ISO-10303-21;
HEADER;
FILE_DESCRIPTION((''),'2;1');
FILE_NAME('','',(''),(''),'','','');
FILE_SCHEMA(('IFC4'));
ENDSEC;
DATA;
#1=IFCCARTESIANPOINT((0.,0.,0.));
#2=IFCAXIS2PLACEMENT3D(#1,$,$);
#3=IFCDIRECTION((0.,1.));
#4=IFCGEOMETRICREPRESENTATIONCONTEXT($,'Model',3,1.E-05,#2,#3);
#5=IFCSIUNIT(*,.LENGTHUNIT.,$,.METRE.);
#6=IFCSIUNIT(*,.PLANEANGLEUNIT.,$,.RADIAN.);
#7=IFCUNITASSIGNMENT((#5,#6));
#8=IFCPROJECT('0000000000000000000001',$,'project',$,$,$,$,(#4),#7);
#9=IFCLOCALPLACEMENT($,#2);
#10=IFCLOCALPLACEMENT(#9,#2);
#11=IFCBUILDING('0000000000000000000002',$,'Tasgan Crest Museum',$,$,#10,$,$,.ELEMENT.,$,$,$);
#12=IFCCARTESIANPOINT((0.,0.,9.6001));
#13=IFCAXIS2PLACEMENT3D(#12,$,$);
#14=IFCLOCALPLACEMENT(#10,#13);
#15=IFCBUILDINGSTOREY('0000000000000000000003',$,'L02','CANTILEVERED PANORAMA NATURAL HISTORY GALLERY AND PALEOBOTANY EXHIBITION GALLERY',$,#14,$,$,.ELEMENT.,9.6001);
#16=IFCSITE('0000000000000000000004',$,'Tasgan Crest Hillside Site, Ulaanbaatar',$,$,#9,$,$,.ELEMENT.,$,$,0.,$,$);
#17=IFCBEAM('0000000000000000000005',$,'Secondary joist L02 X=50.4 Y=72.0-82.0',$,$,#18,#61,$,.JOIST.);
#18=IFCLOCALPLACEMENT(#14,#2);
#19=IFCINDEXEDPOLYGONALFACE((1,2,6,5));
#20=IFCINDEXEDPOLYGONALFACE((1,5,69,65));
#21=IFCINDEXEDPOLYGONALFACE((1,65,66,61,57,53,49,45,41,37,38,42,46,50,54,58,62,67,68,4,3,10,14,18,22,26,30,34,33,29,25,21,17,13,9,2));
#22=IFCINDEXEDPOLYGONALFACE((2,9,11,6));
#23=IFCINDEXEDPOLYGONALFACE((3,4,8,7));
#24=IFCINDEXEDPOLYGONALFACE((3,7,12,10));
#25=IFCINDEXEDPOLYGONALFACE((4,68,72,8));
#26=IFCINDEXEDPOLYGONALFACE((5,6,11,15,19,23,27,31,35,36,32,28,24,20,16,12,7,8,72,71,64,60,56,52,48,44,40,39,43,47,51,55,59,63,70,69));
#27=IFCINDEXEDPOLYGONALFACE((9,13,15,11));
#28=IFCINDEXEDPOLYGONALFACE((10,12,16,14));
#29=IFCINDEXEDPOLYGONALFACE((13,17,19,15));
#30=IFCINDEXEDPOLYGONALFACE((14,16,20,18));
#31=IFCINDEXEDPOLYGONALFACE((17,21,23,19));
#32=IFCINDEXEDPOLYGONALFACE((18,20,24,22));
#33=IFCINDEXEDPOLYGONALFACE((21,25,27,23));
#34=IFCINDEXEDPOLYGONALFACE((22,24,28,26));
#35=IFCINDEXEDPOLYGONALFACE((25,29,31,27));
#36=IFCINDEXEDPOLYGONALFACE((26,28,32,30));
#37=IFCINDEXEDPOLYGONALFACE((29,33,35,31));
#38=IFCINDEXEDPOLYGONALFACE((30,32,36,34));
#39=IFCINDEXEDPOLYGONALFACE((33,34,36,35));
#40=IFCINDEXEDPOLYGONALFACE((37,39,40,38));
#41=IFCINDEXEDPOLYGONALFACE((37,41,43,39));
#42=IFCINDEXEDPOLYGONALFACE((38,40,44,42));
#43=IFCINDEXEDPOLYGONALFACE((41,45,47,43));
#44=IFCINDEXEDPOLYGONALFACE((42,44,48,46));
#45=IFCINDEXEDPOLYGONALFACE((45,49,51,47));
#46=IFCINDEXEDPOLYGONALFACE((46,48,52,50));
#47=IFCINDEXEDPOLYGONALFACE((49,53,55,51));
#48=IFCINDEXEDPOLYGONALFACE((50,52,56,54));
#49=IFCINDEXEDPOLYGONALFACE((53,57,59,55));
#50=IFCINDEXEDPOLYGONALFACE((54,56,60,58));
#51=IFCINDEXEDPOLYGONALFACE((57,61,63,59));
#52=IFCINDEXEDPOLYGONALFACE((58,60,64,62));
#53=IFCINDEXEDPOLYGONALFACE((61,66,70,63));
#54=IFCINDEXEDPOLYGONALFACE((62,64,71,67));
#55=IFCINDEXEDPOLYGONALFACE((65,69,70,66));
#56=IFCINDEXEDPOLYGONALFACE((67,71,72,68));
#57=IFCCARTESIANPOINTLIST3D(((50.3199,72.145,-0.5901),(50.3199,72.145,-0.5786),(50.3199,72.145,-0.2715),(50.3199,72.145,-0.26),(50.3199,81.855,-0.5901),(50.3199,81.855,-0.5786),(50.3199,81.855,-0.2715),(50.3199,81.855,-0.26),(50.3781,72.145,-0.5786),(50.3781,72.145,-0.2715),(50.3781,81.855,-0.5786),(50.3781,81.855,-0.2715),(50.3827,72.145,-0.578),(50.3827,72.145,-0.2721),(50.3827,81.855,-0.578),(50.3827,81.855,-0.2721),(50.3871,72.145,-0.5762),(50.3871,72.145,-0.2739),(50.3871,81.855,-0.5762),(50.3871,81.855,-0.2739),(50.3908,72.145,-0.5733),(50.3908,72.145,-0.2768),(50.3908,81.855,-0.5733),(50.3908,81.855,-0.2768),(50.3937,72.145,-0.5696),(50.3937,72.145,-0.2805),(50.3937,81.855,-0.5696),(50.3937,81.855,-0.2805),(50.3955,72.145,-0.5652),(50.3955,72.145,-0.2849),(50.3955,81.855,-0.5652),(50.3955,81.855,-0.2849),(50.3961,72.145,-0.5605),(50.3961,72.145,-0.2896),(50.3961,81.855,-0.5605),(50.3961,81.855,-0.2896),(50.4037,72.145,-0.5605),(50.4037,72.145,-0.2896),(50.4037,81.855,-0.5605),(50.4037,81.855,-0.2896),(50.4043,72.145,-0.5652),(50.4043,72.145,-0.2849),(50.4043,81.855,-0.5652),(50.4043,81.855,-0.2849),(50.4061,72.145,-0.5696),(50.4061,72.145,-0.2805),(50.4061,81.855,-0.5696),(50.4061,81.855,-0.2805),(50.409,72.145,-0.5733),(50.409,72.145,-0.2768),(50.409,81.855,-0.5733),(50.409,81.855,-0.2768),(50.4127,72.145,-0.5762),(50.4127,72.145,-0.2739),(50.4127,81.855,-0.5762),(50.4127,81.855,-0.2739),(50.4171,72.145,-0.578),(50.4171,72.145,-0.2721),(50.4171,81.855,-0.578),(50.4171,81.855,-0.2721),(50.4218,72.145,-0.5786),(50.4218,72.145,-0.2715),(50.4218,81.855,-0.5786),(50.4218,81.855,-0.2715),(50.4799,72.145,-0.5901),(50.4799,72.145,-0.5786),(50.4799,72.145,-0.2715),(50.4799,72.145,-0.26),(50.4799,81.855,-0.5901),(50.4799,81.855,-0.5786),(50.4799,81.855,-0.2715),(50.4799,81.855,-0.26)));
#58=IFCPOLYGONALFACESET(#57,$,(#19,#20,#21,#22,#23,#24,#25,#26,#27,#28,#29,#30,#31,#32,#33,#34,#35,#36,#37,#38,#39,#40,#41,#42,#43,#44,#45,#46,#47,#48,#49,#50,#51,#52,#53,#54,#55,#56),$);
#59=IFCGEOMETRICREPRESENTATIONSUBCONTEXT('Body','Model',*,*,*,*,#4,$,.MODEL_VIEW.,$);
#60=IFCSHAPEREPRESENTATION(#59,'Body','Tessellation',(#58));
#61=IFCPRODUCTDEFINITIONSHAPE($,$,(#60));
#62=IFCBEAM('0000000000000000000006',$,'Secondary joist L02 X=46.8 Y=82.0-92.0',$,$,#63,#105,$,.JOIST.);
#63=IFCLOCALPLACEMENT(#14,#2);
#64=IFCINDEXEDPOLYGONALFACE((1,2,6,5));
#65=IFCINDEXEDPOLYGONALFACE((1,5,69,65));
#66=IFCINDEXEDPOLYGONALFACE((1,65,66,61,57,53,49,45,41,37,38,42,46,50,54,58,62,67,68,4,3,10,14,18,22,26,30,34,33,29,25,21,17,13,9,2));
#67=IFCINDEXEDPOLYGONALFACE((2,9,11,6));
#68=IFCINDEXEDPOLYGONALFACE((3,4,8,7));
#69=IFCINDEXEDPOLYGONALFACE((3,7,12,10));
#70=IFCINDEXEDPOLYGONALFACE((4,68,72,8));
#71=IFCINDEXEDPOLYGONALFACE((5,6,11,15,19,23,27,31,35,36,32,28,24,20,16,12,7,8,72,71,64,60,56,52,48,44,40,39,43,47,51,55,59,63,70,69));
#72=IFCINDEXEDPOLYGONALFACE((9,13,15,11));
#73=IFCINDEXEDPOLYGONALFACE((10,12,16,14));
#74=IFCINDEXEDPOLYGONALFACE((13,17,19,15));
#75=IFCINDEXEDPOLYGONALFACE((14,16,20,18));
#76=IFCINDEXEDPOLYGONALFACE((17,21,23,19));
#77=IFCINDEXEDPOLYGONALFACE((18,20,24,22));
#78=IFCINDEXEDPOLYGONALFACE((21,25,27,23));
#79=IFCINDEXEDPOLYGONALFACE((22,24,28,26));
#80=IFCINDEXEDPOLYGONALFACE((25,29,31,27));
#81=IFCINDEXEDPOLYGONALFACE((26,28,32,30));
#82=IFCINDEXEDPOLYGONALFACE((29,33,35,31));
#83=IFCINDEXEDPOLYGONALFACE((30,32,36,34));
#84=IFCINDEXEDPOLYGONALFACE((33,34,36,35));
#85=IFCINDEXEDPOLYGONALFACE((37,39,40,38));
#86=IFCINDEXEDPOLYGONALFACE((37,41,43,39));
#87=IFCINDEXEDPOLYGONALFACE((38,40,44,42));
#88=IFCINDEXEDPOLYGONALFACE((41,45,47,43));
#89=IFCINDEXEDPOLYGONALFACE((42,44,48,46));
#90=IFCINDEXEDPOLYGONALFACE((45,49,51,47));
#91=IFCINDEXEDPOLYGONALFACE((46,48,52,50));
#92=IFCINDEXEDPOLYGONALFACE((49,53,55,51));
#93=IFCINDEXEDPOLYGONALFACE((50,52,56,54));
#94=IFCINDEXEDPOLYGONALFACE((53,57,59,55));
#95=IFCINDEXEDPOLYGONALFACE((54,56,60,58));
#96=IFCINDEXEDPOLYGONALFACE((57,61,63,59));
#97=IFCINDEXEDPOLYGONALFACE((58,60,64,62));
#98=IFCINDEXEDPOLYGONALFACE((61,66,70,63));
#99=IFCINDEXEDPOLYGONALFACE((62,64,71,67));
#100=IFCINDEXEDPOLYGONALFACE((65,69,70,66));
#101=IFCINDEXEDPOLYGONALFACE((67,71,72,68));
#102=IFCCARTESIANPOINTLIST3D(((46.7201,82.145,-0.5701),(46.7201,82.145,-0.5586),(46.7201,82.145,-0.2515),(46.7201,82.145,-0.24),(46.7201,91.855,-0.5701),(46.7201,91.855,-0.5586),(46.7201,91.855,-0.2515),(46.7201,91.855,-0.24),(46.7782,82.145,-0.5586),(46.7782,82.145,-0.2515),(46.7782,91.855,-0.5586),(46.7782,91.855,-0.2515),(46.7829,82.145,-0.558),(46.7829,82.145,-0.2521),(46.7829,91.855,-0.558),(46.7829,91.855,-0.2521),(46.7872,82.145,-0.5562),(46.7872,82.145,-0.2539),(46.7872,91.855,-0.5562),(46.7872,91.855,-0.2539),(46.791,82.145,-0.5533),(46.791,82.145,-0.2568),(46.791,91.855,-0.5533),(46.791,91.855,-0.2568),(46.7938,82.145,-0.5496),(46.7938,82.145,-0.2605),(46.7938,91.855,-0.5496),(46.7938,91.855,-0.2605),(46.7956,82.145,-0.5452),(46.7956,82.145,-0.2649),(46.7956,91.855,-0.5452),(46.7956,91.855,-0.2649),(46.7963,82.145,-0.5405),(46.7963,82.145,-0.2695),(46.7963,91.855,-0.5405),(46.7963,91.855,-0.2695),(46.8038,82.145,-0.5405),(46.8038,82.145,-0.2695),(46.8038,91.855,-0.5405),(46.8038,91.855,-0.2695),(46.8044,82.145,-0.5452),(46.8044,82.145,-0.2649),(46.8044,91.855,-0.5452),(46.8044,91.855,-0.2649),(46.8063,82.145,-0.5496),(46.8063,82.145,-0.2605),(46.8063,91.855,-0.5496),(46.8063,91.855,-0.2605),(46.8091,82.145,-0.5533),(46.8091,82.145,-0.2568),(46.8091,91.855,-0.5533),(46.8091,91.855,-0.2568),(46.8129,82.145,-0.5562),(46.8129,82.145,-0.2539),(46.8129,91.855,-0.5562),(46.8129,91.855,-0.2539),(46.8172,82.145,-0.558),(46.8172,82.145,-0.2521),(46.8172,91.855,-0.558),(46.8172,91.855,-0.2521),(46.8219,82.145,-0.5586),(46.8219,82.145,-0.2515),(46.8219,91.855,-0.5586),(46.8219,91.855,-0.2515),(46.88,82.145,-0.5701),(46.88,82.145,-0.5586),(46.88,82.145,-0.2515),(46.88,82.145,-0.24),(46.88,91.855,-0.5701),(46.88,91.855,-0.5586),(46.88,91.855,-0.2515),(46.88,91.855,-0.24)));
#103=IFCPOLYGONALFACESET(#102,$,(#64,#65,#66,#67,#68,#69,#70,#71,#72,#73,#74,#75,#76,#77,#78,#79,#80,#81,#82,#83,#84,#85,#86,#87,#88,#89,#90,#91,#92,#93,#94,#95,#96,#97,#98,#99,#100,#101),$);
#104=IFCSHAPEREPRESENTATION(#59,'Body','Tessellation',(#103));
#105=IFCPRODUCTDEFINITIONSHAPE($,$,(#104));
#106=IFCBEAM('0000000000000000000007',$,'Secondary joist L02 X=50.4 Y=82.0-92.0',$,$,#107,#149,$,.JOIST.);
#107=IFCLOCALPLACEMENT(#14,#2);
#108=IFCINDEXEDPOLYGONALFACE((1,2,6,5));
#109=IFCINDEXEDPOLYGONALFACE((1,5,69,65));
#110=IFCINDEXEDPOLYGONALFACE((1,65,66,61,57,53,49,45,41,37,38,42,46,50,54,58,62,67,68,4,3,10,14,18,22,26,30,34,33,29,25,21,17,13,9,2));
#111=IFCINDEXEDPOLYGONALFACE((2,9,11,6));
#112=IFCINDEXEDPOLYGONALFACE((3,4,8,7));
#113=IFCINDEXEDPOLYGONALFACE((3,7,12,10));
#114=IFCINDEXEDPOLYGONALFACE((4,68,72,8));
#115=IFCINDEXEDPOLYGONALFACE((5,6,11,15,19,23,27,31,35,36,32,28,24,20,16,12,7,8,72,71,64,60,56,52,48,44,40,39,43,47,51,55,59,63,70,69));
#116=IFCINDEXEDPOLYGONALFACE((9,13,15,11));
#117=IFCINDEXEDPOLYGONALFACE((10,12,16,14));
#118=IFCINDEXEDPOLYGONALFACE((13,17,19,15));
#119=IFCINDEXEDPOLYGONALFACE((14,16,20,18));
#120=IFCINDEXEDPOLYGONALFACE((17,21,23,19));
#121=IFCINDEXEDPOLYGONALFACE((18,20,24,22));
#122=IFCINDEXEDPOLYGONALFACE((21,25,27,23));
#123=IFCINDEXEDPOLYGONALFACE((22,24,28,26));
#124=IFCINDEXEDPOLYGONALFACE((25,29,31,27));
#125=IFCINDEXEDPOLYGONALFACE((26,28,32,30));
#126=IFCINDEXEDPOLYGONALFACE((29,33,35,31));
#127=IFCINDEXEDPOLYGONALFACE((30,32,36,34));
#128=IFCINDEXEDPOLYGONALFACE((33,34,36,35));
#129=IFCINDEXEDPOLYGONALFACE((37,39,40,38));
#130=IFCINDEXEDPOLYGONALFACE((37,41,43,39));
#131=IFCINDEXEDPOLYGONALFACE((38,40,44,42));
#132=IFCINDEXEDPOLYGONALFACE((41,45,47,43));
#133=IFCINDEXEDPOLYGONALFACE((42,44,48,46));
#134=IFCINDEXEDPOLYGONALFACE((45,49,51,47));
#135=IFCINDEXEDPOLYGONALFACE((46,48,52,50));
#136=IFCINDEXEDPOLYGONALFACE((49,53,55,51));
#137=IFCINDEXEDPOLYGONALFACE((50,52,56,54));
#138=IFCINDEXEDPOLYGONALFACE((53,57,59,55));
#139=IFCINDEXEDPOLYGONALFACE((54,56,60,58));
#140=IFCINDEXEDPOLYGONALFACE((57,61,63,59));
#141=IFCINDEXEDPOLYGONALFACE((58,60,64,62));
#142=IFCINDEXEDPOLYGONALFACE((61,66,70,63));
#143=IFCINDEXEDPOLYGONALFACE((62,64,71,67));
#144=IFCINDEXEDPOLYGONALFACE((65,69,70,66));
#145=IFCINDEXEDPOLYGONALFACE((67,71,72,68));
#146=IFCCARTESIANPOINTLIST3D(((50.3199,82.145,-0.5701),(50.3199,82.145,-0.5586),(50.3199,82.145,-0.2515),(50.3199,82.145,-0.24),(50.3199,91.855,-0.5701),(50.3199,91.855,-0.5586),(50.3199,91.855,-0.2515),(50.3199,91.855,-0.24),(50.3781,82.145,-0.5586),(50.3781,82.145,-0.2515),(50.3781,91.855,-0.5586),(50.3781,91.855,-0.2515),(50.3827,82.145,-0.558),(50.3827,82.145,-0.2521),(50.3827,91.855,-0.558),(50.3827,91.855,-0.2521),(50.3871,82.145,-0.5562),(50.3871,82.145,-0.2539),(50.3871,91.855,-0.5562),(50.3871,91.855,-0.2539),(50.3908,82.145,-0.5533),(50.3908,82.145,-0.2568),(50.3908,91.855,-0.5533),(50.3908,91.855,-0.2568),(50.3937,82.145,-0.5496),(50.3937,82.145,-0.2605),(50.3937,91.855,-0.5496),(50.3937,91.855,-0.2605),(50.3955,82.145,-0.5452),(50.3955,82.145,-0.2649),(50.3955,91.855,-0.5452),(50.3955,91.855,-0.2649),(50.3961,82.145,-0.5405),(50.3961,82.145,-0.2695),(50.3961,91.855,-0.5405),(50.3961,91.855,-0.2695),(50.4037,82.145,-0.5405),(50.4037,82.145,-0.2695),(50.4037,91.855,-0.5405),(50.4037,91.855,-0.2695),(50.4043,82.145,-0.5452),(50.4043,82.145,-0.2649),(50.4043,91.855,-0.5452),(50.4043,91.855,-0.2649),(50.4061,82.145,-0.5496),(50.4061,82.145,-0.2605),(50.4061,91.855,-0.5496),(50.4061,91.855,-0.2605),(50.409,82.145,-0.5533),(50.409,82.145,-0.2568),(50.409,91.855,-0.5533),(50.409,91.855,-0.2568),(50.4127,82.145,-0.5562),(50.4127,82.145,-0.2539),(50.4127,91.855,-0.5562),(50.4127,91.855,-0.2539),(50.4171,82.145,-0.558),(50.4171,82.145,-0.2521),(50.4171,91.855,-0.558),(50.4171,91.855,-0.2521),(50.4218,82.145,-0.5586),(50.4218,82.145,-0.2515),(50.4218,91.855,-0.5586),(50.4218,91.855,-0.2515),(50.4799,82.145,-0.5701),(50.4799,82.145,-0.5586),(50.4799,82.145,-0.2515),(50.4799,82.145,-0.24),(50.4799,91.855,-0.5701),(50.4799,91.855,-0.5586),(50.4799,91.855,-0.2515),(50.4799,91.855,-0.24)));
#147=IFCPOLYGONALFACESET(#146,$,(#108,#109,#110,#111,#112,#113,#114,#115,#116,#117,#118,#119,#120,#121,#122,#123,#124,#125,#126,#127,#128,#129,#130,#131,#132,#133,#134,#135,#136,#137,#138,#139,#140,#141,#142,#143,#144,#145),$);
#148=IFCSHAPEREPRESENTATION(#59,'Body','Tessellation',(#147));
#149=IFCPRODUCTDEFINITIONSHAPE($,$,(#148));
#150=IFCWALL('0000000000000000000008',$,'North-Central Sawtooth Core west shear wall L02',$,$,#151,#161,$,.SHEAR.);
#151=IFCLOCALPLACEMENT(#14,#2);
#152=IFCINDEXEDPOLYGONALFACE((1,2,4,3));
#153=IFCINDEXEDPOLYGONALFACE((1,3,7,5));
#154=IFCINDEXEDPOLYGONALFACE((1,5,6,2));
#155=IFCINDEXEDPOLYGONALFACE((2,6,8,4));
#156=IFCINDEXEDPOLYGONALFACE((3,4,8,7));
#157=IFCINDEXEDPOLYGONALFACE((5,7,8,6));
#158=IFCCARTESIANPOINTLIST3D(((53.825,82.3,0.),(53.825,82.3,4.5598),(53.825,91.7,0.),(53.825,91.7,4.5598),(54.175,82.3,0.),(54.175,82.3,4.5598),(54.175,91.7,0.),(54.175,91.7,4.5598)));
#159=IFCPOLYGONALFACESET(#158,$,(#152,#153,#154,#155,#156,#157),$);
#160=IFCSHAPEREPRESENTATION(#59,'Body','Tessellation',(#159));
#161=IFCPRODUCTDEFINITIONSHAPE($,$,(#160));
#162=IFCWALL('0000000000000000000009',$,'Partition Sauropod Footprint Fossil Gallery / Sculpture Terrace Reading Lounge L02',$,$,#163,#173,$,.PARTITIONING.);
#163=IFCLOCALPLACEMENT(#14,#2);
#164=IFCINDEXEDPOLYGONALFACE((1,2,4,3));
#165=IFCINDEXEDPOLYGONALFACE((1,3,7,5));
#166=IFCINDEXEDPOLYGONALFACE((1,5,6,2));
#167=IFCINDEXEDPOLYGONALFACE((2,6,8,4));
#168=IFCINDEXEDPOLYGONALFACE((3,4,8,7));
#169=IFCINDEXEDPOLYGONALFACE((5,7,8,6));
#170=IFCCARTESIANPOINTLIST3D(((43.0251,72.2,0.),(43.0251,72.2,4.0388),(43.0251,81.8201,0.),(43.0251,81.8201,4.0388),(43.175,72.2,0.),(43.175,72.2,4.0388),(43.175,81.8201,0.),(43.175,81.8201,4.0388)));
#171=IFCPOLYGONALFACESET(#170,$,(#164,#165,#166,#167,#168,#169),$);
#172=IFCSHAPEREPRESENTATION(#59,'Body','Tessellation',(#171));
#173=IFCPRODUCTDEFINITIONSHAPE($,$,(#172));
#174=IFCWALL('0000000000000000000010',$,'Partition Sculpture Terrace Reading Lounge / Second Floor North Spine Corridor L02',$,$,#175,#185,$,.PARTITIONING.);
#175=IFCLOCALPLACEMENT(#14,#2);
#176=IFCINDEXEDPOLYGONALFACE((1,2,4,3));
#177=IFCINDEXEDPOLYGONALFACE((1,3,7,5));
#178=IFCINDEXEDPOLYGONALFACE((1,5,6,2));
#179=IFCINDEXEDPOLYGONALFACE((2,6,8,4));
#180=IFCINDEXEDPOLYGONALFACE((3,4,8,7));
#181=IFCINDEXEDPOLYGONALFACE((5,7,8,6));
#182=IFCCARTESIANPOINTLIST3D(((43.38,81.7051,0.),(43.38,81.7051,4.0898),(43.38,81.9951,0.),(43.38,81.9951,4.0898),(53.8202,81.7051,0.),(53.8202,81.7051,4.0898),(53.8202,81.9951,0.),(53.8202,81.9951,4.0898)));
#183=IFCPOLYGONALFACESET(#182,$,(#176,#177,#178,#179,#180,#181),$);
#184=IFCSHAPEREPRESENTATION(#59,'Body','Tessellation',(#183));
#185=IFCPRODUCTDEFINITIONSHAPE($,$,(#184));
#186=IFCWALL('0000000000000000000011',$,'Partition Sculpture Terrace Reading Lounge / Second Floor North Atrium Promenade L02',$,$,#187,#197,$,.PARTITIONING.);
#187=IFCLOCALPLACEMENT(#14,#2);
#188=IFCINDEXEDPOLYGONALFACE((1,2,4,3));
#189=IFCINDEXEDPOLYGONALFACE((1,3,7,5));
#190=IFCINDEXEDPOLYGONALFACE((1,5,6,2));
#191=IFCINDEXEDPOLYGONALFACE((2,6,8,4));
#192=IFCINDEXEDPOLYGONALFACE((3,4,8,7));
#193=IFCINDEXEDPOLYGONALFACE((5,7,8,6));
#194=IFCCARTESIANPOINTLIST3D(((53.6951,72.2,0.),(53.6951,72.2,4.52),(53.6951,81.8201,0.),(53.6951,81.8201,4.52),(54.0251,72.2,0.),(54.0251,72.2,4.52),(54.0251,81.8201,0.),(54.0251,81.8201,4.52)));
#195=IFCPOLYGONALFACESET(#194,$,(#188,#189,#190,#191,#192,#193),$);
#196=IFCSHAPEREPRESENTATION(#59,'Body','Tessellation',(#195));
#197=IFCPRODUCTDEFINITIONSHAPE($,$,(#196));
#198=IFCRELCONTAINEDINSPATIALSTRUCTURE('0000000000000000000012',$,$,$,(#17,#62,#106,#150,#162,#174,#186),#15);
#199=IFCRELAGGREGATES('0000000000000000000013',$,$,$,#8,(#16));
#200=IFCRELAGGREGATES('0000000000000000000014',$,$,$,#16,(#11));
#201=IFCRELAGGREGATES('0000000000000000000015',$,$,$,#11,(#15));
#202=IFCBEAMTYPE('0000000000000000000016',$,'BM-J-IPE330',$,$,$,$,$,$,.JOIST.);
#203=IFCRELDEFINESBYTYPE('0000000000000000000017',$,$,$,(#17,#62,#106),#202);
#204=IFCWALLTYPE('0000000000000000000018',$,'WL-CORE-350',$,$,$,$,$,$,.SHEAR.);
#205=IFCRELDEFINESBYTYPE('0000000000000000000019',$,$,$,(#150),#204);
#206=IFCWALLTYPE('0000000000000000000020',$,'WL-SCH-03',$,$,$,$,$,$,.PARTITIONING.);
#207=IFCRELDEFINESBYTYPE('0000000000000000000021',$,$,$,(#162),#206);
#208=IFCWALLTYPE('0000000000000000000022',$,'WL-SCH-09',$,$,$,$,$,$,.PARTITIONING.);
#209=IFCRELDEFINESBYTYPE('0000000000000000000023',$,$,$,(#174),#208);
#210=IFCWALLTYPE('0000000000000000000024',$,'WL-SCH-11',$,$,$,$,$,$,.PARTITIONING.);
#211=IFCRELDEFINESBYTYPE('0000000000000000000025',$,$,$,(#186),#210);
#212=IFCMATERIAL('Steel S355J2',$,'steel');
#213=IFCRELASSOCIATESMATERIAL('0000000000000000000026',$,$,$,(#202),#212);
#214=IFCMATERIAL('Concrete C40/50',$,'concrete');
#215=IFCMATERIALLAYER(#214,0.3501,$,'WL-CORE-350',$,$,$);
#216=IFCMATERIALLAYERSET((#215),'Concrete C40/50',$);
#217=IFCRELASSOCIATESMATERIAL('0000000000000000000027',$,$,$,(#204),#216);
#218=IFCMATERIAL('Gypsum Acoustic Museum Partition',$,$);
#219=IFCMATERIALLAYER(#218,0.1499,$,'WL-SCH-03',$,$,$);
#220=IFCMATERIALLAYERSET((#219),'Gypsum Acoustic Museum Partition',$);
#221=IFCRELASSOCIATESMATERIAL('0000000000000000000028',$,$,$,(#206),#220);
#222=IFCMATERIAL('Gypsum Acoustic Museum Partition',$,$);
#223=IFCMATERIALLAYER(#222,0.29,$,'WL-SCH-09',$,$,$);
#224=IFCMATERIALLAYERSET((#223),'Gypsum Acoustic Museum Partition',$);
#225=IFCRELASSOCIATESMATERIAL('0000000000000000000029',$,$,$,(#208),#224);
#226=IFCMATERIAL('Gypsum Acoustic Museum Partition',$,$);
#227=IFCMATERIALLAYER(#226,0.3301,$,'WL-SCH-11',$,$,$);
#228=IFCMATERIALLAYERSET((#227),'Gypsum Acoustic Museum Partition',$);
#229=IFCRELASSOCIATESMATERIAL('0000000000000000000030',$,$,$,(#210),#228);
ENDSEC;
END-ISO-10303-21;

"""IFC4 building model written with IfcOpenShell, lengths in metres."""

from ifc_helpers import new_model, si_unit, direction, frame, frame_2d, origin, origin_2d, place, context, subcontext, project, spatial, rectangle, i_section, extrude, material, layer, layer_set, material_profile, profile_set, type_object, element, save


model = new_model("IFC4")

# Units and contexts
model_context = context("Model", 3, precision=1e-05, world=origin(), true_north=direction((0.0, 1.0)))
body_context = subcontext(model_context, "Body", "Model", "MODEL_VIEW")
ifc_project = project(units=[si_unit("LENGTHUNIT", "METRE"), si_unit("PLANEANGLEUNIT", "RADIAN")], contexts=[model_context])

# Site, building, storey
site_placement = place(None, origin())
site = spatial("IfcSite", under=ifc_project, at=site_placement, Name="Tasgan Crest Hillside Site, Ulaanbaatar", CompositionType="ELEMENT", RefElevation=0.0)
building_placement = place(site_placement, origin())
building = spatial("IfcBuilding", under=site, at=building_placement, Name="Tasgan Crest Museum", CompositionType="ELEMENT")
storey_placement = place(building_placement, frame((0.0, 0.0, 9.6001)))
storey = spatial("IfcBuildingStorey", under=building, at=storey_placement, Name="L02", Description="CANTILEVERED PANORAMA NATURAL HISTORY GALLERY AND PALEOBOTANY EXHIBITION GALLERY", CompositionType="ELEMENT", Elevation=9.6001)

# Beams
ifc_material_1 = material(Name="Steel S355J2", Category="steel")
ifc_material_profile_1 = material_profile(ifc_material_1, i_section(OverallWidth=0.1599, OverallDepth=0.3301, WebThickness=0.0076, FlangeThickness=0.0115, FilletRadius=0.0181, at=origin_2d()), Name="IPE 330")
ifc_profile_set_1 = profile_set([ifc_material_profile_1], Name="Steel S355J2")
beam_type_1 = type_object("IfcBeamType", Name="BM-J-IPE330", PredefinedType="JOIST", material=ifc_profile_set_1)
for number, where, z_axis, x_axis, name in (
    (1, (50.3999, 72.145, -0.425), (0.0, 1.0, 0.0), (-1.0, 0.0, 0.0), "Secondary joist L02 X=50.4 Y=72.0-82.0"),
    (2, (46.8, 82.145, -0.405), (0.0, 1.0, 0.0), (-1.0, 0.0, 0.0), "Secondary joist L02 X=46.8 Y=82.0-92.0"),
    (3, (50.3999, 82.145, -0.405), (0.0, 1.0, 0.0), (-1.0, 0.0, 0.0), "Secondary joist L02 X=50.4 Y=82.0-92.0"),
):
    element("IfcBeam", number, at=place(storey_placement, frame(where, z_axis=z_axis, x_axis=x_axis)), inside=storey, type_object=beam_type_1, Name=name, PredefinedType="JOIST", context=body_context, shape_type="SweptSolid", body=[
        extrude(i_section(OverallWidth=0.1599, OverallDepth=0.3301, WebThickness=0.0076, FlangeThickness=0.0115, FilletRadius=0.0181, at=origin_2d()), origin(), (0.0, 0.0, 1.0), 9.71),
    ])

# Walls
ifc_material_2 = material(Name="Concrete C40/50", Category="concrete")
ifc_layer_1 = layer(ifc_material_2, 0.3501, Name="WL-CORE-350")
ifc_layer_set_1 = layer_set([ifc_layer_1], Name="Concrete C40/50")
wall_type_1 = type_object("IfcWallType", Name="WL-CORE-350", PredefinedType="SHEAR", material=ifc_layer_set_1)
wall_1_placement = place(storey_placement, frame((54.0, 82.3, 0.0), z_axis=(0.0, 0.0, 1.0), x_axis=(0.0, 1.0, 0.0)))
element("IfcWall", 4, at=wall_1_placement, inside=storey, type_object=wall_type_1, Name="North-Central Sawtooth Core west shear wall L02", PredefinedType="SHEAR", context=body_context, shape_type="SweptSolid", body=[
    extrude(rectangle(XDim=9.3999, YDim=0.3501, at=frame_2d((4.7, 0.0))), origin(), (0.0, 0.0, 1.0), 4.5598),
])
ifc_material_3 = material(Name="Gypsum Acoustic Museum Partition")
ifc_layer_2 = layer(ifc_material_3, 0.1499, Name="WL-SCH-03")
ifc_layer_set_2 = layer_set([ifc_layer_2], Name="Gypsum Acoustic Museum Partition")
wall_type_2 = type_object("IfcWallType", Name="WL-SCH-03", PredefinedType="PARTITIONING", material=ifc_layer_set_2)
wall_2_placement = place(storey_placement, frame((43.1001, 72.2, 0.0), z_axis=(0.0, 0.0, 1.0), x_axis=(0.0, 1.0, 0.0)))
element("IfcWall", 5, at=wall_2_placement, inside=storey, type_object=wall_type_2, Name="Partition Sauropod Footprint Fossil Gallery / Sculpture Terrace Reading Lounge L02", PredefinedType="PARTITIONING", context=body_context, shape_type="SweptSolid", body=[
    extrude(rectangle(XDim=9.6201, YDim=0.1499, at=frame_2d((4.8101, 0.0))), origin(), (0.0, 0.0, 1.0), 4.0388),
])
ifc_material_4 = material(Name="Gypsum Acoustic Museum Partition")
ifc_layer_3 = layer(ifc_material_4, 0.29, Name="WL-SCH-09")
ifc_layer_set_3 = layer_set([ifc_layer_3], Name="Gypsum Acoustic Museum Partition")
wall_type_3 = type_object("IfcWallType", Name="WL-SCH-09", PredefinedType="PARTITIONING", material=ifc_layer_set_3)
wall_3_placement = place(storey_placement, frame((43.3799, 81.8501, 0.0), z_axis=(0.0, 0.0, 1.0), x_axis=(1.0, 0.0, 0.0)))
element("IfcWall", 6, at=wall_3_placement, inside=storey, type_object=wall_type_3, Name="Partition Sculpture Terrace Reading Lounge / Second Floor North Spine Corridor L02", PredefinedType="PARTITIONING", context=body_context, shape_type="SweptSolid", body=[
    extrude(rectangle(XDim=10.4402, YDim=0.29, at=frame_2d((5.2202, 0.0))), origin(), (0.0, 0.0, 1.0), 4.0898),
])
ifc_material_5 = material(Name="Gypsum Acoustic Museum Partition")
ifc_layer_4 = layer(ifc_material_5, 0.3301, Name="WL-SCH-11")
ifc_layer_set_4 = layer_set([ifc_layer_4], Name="Gypsum Acoustic Museum Partition")
wall_type_4 = type_object("IfcWallType", Name="WL-SCH-11", PredefinedType="PARTITIONING", material=ifc_layer_set_4)
wall_4_placement = place(storey_placement, frame((53.8601, 72.2, 0.0), z_axis=(0.0, 0.0, 1.0), x_axis=(0.0, 1.0, 0.0)))
element("IfcWall", 7, at=wall_4_placement, inside=storey, type_object=wall_type_4, Name="Partition Sculpture Terrace Reading Lounge / Second Floor North Atrium Promenade L02", PredefinedType="PARTITIONING", context=body_context, shape_type="SweptSolid", body=[
    extrude(rectangle(XDim=9.6201, YDim=0.3301, at=frame_2d((4.8101, 0.0))), origin(), (0.0, 0.0, 1.0), 4.52),
])

save(model, "model.ifc")
